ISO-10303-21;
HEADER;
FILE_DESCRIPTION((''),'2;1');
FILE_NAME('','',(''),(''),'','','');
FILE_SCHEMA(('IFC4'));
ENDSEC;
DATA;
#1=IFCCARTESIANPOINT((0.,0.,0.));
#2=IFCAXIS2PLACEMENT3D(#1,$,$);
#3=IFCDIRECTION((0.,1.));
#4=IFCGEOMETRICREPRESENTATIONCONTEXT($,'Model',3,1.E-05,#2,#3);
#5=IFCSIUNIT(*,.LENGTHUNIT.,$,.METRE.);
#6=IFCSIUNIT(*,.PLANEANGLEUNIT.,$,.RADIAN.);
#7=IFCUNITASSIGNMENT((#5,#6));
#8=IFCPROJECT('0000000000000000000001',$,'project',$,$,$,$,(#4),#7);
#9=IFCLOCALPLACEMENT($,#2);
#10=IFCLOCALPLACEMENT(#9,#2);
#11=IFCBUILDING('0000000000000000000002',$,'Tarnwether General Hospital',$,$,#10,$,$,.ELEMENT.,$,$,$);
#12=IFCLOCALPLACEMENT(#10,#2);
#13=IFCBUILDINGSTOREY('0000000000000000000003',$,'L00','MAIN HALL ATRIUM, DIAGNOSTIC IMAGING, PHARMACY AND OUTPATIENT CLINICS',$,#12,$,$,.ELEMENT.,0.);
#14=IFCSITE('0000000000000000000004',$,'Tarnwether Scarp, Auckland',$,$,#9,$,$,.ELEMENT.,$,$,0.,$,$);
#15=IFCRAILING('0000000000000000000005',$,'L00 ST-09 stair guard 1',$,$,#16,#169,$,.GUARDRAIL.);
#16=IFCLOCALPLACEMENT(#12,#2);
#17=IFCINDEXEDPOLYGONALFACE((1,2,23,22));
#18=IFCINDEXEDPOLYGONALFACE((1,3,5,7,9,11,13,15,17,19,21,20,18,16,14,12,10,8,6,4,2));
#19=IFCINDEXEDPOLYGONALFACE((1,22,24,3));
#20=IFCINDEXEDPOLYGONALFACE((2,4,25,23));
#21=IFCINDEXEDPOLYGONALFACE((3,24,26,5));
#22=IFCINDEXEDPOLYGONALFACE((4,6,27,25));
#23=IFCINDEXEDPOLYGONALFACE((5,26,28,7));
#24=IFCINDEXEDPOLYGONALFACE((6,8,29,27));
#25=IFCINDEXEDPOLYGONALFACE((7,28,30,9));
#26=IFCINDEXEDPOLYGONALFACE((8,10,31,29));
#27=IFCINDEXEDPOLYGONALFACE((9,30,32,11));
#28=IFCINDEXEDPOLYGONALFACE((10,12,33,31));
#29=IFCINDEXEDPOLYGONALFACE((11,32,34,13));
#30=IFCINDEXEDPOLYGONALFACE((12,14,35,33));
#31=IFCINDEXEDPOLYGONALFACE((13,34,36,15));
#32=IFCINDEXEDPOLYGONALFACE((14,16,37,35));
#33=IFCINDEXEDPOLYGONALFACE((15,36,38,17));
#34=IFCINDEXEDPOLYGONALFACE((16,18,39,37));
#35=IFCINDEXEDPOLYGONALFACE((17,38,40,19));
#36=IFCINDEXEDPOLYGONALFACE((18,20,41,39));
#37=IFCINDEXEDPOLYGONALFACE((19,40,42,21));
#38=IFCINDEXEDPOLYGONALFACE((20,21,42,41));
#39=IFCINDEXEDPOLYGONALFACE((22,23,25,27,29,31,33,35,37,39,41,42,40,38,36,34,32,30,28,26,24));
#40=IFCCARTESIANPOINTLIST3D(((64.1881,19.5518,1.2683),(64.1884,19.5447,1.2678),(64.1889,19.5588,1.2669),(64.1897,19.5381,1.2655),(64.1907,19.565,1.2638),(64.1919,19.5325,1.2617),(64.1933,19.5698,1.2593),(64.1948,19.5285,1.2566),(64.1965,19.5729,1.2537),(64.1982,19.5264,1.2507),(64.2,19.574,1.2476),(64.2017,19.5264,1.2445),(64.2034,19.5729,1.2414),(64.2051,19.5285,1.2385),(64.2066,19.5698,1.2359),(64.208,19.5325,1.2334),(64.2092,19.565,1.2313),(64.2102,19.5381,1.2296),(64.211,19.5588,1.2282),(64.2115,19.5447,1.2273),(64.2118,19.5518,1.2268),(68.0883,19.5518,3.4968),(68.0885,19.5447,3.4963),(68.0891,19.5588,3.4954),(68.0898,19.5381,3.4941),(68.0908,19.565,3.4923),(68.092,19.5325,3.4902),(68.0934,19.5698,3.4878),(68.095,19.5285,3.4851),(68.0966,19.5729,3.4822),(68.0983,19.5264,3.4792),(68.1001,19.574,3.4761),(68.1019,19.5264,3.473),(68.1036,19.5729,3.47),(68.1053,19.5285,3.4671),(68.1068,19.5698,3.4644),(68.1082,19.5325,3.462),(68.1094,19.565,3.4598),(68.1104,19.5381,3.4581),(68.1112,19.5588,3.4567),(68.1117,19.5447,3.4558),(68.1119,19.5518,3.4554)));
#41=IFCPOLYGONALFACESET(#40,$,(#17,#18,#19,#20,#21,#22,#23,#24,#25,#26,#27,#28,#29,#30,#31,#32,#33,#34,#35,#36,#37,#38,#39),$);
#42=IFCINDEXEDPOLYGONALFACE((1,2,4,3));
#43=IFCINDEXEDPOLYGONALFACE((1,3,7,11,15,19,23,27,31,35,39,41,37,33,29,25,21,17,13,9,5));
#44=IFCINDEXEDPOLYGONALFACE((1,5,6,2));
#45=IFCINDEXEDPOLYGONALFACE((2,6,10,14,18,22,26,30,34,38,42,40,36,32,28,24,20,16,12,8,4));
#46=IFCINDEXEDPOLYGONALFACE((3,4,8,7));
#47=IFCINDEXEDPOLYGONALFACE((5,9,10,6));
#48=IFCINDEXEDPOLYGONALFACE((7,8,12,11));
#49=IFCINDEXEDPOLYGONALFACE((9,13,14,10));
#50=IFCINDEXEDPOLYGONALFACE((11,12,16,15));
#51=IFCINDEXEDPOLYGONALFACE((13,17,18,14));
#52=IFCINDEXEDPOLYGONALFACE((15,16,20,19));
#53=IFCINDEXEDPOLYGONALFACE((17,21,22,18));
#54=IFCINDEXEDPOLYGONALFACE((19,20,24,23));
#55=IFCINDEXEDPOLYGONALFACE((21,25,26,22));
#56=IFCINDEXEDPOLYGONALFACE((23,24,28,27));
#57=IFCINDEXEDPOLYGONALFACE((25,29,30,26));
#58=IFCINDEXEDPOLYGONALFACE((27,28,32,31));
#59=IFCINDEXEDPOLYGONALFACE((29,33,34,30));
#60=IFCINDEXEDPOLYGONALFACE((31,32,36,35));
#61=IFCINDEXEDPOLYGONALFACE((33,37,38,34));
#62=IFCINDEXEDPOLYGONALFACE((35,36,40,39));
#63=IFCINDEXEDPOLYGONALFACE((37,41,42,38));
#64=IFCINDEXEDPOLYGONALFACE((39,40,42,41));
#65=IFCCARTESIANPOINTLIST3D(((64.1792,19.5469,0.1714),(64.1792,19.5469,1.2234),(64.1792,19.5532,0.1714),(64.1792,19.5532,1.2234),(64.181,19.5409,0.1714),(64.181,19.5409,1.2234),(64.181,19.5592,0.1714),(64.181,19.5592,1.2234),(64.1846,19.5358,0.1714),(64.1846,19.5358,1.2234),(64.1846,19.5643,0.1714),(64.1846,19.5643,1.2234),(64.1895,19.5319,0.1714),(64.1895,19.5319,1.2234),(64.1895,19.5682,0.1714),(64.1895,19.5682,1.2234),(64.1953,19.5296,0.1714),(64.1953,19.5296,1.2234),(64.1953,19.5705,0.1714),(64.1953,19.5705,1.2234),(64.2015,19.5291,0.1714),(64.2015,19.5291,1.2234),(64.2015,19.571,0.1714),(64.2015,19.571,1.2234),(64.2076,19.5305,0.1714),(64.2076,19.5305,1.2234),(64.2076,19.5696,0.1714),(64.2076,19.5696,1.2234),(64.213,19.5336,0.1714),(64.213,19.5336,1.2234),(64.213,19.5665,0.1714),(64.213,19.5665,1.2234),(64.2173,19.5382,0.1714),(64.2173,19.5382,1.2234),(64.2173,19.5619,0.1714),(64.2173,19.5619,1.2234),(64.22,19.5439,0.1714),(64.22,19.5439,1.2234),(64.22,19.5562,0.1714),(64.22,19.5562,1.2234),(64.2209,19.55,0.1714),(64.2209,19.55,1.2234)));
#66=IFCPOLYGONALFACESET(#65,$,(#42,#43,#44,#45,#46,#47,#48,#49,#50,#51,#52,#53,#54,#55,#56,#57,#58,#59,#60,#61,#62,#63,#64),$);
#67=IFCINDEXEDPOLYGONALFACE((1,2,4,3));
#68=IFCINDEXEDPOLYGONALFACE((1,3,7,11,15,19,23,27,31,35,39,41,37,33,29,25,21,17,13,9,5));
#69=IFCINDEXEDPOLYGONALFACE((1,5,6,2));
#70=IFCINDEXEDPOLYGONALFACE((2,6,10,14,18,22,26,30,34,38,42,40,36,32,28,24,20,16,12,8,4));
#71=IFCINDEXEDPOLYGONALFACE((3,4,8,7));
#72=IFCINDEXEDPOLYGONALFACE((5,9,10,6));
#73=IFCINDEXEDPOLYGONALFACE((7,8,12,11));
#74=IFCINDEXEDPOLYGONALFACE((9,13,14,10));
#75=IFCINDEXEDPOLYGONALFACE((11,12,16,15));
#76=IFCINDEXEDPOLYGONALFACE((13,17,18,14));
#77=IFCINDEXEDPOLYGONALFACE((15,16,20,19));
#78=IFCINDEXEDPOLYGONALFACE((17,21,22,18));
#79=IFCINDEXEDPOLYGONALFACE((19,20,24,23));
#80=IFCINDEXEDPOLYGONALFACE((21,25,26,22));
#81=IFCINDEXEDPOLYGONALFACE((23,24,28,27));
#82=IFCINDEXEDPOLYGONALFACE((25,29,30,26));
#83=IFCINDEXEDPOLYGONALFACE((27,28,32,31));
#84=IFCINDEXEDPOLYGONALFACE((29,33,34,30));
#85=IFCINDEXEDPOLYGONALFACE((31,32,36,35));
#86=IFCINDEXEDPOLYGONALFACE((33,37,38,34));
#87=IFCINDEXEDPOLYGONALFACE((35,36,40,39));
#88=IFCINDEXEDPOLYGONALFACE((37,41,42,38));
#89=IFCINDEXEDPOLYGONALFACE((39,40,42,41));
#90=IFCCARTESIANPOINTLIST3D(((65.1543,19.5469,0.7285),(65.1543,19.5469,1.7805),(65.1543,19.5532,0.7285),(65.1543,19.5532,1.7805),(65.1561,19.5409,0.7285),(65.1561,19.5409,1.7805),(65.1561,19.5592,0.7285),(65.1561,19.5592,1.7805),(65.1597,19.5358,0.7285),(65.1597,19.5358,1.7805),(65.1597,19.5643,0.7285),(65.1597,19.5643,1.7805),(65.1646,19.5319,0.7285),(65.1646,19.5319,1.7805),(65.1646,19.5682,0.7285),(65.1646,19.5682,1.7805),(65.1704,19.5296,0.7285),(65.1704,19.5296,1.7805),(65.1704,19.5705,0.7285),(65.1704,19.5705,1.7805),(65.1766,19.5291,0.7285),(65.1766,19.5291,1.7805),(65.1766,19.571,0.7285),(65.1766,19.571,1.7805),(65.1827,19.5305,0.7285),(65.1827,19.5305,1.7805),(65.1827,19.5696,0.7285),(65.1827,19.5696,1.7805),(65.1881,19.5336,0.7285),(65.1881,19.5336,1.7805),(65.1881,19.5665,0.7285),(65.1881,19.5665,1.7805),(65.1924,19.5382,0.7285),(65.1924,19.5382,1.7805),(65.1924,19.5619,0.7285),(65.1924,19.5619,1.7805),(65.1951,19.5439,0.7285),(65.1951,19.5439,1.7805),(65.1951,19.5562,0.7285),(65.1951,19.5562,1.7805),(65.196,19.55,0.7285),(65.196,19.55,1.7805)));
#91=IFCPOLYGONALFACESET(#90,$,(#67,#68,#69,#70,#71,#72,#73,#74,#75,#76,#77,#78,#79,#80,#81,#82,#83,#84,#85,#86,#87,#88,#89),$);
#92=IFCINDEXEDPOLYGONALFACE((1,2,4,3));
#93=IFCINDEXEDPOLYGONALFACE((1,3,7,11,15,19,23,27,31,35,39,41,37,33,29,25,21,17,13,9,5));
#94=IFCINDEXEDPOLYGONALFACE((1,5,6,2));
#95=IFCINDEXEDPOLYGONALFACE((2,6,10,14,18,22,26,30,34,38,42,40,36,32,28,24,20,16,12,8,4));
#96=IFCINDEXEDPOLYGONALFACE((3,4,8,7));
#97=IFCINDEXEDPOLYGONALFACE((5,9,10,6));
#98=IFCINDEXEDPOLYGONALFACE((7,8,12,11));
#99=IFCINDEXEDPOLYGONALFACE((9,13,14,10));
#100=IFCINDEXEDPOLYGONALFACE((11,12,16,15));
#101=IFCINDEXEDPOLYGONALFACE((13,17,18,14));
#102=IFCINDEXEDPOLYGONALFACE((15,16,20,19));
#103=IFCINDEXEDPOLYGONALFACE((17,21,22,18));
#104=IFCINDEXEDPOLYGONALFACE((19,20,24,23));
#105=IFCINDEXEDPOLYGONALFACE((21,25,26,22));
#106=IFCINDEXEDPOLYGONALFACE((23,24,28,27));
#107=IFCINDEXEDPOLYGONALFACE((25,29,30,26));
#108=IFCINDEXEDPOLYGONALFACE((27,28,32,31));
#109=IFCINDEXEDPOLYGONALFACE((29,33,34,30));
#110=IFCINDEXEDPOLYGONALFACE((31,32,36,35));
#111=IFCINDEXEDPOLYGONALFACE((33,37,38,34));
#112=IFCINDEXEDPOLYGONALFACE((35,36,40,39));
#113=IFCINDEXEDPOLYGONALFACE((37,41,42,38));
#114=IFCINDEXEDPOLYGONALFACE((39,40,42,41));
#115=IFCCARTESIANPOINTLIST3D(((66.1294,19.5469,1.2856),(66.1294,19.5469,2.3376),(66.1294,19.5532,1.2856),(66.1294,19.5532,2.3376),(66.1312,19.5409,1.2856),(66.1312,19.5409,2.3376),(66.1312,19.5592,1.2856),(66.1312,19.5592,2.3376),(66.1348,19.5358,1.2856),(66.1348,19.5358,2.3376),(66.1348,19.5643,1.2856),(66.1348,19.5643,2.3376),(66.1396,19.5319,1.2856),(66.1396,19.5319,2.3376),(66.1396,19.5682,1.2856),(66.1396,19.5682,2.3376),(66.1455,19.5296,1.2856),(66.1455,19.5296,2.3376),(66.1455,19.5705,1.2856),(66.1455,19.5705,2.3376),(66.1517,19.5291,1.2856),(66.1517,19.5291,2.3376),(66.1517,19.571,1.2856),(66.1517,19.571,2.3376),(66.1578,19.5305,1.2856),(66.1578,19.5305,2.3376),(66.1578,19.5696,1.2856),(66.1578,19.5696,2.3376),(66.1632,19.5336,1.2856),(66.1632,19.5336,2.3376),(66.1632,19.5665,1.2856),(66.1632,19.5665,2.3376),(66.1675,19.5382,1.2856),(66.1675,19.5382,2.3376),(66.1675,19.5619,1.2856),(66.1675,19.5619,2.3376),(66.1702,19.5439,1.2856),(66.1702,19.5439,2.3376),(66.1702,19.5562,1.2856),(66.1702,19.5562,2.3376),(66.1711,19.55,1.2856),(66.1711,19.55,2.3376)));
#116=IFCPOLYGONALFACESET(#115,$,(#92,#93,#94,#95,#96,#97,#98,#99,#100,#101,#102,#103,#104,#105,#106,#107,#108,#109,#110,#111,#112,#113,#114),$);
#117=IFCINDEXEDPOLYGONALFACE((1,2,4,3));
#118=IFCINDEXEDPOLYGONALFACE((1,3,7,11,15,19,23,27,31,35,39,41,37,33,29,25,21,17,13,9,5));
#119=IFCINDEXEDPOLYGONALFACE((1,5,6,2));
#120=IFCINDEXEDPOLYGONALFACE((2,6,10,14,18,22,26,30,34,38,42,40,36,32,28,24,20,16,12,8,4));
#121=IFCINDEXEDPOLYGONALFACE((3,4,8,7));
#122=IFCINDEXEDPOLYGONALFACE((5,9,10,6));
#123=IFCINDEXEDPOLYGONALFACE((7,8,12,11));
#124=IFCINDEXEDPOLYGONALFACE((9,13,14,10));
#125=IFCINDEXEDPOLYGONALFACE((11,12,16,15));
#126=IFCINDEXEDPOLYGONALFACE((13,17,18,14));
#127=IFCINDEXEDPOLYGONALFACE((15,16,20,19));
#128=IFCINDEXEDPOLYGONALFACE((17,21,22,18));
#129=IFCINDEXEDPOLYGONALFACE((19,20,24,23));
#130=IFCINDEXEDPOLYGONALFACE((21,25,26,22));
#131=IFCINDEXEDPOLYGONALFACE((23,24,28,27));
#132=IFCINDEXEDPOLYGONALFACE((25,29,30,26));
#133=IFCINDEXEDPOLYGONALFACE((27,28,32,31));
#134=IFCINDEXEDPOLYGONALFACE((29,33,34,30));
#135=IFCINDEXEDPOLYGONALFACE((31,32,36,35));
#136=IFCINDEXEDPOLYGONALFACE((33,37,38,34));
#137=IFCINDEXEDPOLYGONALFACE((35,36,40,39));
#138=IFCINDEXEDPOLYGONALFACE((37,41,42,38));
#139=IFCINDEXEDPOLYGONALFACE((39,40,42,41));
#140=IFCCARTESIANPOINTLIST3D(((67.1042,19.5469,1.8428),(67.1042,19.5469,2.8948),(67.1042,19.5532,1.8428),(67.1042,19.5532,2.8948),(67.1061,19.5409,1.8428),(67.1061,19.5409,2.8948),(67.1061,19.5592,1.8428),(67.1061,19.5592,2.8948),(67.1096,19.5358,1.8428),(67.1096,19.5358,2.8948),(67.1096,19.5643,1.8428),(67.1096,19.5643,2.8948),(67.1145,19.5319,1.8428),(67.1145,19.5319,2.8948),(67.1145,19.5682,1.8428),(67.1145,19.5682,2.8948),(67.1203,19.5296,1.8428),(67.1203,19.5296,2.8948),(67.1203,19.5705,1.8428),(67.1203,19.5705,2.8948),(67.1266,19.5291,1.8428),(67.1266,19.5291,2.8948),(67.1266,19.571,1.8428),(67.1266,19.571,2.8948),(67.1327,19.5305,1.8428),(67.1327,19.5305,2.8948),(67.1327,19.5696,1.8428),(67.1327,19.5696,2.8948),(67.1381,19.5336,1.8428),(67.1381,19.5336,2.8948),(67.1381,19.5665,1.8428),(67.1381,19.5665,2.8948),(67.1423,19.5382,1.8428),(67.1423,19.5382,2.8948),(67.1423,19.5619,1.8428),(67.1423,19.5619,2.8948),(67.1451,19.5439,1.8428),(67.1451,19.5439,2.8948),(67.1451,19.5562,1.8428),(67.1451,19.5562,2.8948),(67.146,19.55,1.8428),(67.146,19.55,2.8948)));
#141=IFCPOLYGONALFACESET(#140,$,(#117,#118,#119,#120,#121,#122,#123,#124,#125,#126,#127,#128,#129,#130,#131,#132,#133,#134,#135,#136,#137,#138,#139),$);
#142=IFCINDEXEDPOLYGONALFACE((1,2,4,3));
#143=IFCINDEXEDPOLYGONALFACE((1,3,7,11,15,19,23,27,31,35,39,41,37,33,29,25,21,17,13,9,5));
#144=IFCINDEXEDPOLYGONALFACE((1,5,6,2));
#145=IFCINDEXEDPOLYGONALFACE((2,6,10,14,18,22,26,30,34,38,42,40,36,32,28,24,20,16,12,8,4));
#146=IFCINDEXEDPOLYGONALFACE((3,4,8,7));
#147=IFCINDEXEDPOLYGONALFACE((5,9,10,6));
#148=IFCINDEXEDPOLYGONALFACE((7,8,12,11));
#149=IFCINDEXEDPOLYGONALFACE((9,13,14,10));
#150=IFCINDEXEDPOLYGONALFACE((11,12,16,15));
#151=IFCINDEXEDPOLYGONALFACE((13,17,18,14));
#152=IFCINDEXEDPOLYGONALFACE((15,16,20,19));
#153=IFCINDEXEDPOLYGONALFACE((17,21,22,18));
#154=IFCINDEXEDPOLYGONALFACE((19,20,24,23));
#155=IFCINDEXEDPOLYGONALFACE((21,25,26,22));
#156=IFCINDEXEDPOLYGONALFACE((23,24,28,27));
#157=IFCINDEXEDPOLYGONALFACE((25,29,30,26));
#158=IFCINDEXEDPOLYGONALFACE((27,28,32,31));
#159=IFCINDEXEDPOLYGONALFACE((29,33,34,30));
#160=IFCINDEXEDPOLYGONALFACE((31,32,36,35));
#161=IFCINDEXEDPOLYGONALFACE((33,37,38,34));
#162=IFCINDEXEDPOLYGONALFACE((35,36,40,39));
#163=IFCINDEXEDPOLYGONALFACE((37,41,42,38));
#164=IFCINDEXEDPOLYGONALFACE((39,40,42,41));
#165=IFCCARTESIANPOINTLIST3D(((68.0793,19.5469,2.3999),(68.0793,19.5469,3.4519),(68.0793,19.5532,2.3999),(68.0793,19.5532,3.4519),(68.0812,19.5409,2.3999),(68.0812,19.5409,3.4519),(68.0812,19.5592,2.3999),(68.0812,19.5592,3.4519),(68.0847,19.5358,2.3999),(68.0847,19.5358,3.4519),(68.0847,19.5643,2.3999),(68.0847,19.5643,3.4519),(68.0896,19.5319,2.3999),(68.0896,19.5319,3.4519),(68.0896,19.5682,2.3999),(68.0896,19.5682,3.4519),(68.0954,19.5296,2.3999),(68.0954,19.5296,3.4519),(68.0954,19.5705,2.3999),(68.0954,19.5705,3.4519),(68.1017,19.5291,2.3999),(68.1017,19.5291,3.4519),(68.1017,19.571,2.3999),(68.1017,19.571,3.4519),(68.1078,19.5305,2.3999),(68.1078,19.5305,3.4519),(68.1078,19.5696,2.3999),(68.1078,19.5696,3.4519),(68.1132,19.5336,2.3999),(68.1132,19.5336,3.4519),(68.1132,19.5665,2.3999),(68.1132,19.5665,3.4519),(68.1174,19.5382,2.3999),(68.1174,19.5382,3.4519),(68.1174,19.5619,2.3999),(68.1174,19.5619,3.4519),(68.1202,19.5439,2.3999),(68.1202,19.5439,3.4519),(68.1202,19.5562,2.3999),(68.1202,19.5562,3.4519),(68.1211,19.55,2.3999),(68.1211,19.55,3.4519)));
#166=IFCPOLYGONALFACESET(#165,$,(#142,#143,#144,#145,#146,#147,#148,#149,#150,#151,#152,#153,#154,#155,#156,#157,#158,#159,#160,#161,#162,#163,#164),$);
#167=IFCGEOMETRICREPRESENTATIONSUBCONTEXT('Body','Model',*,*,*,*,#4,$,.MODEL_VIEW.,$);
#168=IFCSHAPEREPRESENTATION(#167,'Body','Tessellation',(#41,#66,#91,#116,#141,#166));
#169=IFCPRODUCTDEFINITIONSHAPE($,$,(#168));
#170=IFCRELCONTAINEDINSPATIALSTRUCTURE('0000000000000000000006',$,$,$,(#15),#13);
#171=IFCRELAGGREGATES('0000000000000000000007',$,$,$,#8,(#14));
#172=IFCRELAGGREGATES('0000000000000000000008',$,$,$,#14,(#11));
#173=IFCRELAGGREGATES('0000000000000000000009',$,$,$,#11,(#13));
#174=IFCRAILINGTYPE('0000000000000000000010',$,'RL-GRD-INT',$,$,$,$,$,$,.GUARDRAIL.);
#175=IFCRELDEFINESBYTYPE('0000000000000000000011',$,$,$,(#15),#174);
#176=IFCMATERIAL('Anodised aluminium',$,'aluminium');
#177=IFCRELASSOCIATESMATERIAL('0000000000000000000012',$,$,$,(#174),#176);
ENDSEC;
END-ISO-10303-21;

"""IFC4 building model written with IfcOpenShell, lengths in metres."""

from ifc_helpers import new_model, si_unit, direction, frame, origin, origin_2d, place, context, subcontext, project, spatial, circle, extrude, material, type_object, element, save


model = new_model("IFC4")

# Units and contexts
model_context = context("Model", 3, precision=1e-05, world=origin(), true_north=direction((0.0, 1.0)))
body_context = subcontext(model_context, "Body", "Model", "MODEL_VIEW")
ifc_project = project(units=[si_unit("LENGTHUNIT", "METRE"), si_unit("PLANEANGLEUNIT", "RADIAN")], contexts=[model_context])

# Site, building, storey
site_placement = place(None, origin())
site = spatial("IfcSite", under=ifc_project, at=site_placement, Name="Tarnwether Scarp, Auckland", CompositionType="ELEMENT", RefElevation=0.0)
building_placement = place(site_placement, origin())
building = spatial("IfcBuilding", under=site, at=building_placement, Name="Tarnwether General Hospital", CompositionType="ELEMENT")
storey_placement = place(building_placement, origin())
storey = spatial("IfcBuildingStorey", under=building, at=storey_placement, Name="L00", Description="MAIN HALL ATRIUM, DIAGNOSTIC IMAGING, PHARMACY AND OUTPATIENT CLINICS", CompositionType="ELEMENT", Elevation=0.0)

# Railing
ifc_material_1 = material(Name="Anodised aluminium", Category="aluminium")
railing_type_1 = type_object("IfcRailingType", Name="RL-GRD-INT", PredefinedType="GUARDRAIL", material=ifc_material_1)
railing_1_placement = place(storey_placement, frame((64.2, 19.55, 0.1714)))
element("IfcRailing", 1, at=railing_1_placement, inside=storey, type_object=railing_type_1, Name="L00 ST-09 stair guard 1", PredefinedType="GUARDRAIL", context=body_context, shape_type="SweptSolid", body=[
    extrude(circle(Radius=0.0239, at=origin_2d()), frame((0.0, 0.0, 1.0762), z_axis=(0.868257, 0.0, 0.496116), x_axis=(0.0, 1.0, 0.0)), (0.0, 0.0, 1.0), 4.4919),
    extrude(circle(Radius=0.021, at=origin_2d()), origin(), (0.0, 0.0, 1.0), 1.052),
    extrude(circle(Radius=0.021, at=origin_2d()), frame((0.9751, 0.0, 0.5571)), (0.0, 0.0, 1.0), 1.052),
    extrude(circle(Radius=0.021, at=origin_2d()), frame((1.9502, 0.0, 1.1143)), (0.0, 0.0, 1.0), 1.052),
    extrude(circle(Radius=0.021, at=origin_2d()), frame((2.925, 0.0, 1.6714)), (0.0, 0.0, 1.0), 1.052),
    extrude(circle(Radius=0.021, at=origin_2d()), frame((3.9001, 0.0, 2.2285)), (0.0, 0.0, 1.0), 1.052),
])

save(model, "model.ifc")
